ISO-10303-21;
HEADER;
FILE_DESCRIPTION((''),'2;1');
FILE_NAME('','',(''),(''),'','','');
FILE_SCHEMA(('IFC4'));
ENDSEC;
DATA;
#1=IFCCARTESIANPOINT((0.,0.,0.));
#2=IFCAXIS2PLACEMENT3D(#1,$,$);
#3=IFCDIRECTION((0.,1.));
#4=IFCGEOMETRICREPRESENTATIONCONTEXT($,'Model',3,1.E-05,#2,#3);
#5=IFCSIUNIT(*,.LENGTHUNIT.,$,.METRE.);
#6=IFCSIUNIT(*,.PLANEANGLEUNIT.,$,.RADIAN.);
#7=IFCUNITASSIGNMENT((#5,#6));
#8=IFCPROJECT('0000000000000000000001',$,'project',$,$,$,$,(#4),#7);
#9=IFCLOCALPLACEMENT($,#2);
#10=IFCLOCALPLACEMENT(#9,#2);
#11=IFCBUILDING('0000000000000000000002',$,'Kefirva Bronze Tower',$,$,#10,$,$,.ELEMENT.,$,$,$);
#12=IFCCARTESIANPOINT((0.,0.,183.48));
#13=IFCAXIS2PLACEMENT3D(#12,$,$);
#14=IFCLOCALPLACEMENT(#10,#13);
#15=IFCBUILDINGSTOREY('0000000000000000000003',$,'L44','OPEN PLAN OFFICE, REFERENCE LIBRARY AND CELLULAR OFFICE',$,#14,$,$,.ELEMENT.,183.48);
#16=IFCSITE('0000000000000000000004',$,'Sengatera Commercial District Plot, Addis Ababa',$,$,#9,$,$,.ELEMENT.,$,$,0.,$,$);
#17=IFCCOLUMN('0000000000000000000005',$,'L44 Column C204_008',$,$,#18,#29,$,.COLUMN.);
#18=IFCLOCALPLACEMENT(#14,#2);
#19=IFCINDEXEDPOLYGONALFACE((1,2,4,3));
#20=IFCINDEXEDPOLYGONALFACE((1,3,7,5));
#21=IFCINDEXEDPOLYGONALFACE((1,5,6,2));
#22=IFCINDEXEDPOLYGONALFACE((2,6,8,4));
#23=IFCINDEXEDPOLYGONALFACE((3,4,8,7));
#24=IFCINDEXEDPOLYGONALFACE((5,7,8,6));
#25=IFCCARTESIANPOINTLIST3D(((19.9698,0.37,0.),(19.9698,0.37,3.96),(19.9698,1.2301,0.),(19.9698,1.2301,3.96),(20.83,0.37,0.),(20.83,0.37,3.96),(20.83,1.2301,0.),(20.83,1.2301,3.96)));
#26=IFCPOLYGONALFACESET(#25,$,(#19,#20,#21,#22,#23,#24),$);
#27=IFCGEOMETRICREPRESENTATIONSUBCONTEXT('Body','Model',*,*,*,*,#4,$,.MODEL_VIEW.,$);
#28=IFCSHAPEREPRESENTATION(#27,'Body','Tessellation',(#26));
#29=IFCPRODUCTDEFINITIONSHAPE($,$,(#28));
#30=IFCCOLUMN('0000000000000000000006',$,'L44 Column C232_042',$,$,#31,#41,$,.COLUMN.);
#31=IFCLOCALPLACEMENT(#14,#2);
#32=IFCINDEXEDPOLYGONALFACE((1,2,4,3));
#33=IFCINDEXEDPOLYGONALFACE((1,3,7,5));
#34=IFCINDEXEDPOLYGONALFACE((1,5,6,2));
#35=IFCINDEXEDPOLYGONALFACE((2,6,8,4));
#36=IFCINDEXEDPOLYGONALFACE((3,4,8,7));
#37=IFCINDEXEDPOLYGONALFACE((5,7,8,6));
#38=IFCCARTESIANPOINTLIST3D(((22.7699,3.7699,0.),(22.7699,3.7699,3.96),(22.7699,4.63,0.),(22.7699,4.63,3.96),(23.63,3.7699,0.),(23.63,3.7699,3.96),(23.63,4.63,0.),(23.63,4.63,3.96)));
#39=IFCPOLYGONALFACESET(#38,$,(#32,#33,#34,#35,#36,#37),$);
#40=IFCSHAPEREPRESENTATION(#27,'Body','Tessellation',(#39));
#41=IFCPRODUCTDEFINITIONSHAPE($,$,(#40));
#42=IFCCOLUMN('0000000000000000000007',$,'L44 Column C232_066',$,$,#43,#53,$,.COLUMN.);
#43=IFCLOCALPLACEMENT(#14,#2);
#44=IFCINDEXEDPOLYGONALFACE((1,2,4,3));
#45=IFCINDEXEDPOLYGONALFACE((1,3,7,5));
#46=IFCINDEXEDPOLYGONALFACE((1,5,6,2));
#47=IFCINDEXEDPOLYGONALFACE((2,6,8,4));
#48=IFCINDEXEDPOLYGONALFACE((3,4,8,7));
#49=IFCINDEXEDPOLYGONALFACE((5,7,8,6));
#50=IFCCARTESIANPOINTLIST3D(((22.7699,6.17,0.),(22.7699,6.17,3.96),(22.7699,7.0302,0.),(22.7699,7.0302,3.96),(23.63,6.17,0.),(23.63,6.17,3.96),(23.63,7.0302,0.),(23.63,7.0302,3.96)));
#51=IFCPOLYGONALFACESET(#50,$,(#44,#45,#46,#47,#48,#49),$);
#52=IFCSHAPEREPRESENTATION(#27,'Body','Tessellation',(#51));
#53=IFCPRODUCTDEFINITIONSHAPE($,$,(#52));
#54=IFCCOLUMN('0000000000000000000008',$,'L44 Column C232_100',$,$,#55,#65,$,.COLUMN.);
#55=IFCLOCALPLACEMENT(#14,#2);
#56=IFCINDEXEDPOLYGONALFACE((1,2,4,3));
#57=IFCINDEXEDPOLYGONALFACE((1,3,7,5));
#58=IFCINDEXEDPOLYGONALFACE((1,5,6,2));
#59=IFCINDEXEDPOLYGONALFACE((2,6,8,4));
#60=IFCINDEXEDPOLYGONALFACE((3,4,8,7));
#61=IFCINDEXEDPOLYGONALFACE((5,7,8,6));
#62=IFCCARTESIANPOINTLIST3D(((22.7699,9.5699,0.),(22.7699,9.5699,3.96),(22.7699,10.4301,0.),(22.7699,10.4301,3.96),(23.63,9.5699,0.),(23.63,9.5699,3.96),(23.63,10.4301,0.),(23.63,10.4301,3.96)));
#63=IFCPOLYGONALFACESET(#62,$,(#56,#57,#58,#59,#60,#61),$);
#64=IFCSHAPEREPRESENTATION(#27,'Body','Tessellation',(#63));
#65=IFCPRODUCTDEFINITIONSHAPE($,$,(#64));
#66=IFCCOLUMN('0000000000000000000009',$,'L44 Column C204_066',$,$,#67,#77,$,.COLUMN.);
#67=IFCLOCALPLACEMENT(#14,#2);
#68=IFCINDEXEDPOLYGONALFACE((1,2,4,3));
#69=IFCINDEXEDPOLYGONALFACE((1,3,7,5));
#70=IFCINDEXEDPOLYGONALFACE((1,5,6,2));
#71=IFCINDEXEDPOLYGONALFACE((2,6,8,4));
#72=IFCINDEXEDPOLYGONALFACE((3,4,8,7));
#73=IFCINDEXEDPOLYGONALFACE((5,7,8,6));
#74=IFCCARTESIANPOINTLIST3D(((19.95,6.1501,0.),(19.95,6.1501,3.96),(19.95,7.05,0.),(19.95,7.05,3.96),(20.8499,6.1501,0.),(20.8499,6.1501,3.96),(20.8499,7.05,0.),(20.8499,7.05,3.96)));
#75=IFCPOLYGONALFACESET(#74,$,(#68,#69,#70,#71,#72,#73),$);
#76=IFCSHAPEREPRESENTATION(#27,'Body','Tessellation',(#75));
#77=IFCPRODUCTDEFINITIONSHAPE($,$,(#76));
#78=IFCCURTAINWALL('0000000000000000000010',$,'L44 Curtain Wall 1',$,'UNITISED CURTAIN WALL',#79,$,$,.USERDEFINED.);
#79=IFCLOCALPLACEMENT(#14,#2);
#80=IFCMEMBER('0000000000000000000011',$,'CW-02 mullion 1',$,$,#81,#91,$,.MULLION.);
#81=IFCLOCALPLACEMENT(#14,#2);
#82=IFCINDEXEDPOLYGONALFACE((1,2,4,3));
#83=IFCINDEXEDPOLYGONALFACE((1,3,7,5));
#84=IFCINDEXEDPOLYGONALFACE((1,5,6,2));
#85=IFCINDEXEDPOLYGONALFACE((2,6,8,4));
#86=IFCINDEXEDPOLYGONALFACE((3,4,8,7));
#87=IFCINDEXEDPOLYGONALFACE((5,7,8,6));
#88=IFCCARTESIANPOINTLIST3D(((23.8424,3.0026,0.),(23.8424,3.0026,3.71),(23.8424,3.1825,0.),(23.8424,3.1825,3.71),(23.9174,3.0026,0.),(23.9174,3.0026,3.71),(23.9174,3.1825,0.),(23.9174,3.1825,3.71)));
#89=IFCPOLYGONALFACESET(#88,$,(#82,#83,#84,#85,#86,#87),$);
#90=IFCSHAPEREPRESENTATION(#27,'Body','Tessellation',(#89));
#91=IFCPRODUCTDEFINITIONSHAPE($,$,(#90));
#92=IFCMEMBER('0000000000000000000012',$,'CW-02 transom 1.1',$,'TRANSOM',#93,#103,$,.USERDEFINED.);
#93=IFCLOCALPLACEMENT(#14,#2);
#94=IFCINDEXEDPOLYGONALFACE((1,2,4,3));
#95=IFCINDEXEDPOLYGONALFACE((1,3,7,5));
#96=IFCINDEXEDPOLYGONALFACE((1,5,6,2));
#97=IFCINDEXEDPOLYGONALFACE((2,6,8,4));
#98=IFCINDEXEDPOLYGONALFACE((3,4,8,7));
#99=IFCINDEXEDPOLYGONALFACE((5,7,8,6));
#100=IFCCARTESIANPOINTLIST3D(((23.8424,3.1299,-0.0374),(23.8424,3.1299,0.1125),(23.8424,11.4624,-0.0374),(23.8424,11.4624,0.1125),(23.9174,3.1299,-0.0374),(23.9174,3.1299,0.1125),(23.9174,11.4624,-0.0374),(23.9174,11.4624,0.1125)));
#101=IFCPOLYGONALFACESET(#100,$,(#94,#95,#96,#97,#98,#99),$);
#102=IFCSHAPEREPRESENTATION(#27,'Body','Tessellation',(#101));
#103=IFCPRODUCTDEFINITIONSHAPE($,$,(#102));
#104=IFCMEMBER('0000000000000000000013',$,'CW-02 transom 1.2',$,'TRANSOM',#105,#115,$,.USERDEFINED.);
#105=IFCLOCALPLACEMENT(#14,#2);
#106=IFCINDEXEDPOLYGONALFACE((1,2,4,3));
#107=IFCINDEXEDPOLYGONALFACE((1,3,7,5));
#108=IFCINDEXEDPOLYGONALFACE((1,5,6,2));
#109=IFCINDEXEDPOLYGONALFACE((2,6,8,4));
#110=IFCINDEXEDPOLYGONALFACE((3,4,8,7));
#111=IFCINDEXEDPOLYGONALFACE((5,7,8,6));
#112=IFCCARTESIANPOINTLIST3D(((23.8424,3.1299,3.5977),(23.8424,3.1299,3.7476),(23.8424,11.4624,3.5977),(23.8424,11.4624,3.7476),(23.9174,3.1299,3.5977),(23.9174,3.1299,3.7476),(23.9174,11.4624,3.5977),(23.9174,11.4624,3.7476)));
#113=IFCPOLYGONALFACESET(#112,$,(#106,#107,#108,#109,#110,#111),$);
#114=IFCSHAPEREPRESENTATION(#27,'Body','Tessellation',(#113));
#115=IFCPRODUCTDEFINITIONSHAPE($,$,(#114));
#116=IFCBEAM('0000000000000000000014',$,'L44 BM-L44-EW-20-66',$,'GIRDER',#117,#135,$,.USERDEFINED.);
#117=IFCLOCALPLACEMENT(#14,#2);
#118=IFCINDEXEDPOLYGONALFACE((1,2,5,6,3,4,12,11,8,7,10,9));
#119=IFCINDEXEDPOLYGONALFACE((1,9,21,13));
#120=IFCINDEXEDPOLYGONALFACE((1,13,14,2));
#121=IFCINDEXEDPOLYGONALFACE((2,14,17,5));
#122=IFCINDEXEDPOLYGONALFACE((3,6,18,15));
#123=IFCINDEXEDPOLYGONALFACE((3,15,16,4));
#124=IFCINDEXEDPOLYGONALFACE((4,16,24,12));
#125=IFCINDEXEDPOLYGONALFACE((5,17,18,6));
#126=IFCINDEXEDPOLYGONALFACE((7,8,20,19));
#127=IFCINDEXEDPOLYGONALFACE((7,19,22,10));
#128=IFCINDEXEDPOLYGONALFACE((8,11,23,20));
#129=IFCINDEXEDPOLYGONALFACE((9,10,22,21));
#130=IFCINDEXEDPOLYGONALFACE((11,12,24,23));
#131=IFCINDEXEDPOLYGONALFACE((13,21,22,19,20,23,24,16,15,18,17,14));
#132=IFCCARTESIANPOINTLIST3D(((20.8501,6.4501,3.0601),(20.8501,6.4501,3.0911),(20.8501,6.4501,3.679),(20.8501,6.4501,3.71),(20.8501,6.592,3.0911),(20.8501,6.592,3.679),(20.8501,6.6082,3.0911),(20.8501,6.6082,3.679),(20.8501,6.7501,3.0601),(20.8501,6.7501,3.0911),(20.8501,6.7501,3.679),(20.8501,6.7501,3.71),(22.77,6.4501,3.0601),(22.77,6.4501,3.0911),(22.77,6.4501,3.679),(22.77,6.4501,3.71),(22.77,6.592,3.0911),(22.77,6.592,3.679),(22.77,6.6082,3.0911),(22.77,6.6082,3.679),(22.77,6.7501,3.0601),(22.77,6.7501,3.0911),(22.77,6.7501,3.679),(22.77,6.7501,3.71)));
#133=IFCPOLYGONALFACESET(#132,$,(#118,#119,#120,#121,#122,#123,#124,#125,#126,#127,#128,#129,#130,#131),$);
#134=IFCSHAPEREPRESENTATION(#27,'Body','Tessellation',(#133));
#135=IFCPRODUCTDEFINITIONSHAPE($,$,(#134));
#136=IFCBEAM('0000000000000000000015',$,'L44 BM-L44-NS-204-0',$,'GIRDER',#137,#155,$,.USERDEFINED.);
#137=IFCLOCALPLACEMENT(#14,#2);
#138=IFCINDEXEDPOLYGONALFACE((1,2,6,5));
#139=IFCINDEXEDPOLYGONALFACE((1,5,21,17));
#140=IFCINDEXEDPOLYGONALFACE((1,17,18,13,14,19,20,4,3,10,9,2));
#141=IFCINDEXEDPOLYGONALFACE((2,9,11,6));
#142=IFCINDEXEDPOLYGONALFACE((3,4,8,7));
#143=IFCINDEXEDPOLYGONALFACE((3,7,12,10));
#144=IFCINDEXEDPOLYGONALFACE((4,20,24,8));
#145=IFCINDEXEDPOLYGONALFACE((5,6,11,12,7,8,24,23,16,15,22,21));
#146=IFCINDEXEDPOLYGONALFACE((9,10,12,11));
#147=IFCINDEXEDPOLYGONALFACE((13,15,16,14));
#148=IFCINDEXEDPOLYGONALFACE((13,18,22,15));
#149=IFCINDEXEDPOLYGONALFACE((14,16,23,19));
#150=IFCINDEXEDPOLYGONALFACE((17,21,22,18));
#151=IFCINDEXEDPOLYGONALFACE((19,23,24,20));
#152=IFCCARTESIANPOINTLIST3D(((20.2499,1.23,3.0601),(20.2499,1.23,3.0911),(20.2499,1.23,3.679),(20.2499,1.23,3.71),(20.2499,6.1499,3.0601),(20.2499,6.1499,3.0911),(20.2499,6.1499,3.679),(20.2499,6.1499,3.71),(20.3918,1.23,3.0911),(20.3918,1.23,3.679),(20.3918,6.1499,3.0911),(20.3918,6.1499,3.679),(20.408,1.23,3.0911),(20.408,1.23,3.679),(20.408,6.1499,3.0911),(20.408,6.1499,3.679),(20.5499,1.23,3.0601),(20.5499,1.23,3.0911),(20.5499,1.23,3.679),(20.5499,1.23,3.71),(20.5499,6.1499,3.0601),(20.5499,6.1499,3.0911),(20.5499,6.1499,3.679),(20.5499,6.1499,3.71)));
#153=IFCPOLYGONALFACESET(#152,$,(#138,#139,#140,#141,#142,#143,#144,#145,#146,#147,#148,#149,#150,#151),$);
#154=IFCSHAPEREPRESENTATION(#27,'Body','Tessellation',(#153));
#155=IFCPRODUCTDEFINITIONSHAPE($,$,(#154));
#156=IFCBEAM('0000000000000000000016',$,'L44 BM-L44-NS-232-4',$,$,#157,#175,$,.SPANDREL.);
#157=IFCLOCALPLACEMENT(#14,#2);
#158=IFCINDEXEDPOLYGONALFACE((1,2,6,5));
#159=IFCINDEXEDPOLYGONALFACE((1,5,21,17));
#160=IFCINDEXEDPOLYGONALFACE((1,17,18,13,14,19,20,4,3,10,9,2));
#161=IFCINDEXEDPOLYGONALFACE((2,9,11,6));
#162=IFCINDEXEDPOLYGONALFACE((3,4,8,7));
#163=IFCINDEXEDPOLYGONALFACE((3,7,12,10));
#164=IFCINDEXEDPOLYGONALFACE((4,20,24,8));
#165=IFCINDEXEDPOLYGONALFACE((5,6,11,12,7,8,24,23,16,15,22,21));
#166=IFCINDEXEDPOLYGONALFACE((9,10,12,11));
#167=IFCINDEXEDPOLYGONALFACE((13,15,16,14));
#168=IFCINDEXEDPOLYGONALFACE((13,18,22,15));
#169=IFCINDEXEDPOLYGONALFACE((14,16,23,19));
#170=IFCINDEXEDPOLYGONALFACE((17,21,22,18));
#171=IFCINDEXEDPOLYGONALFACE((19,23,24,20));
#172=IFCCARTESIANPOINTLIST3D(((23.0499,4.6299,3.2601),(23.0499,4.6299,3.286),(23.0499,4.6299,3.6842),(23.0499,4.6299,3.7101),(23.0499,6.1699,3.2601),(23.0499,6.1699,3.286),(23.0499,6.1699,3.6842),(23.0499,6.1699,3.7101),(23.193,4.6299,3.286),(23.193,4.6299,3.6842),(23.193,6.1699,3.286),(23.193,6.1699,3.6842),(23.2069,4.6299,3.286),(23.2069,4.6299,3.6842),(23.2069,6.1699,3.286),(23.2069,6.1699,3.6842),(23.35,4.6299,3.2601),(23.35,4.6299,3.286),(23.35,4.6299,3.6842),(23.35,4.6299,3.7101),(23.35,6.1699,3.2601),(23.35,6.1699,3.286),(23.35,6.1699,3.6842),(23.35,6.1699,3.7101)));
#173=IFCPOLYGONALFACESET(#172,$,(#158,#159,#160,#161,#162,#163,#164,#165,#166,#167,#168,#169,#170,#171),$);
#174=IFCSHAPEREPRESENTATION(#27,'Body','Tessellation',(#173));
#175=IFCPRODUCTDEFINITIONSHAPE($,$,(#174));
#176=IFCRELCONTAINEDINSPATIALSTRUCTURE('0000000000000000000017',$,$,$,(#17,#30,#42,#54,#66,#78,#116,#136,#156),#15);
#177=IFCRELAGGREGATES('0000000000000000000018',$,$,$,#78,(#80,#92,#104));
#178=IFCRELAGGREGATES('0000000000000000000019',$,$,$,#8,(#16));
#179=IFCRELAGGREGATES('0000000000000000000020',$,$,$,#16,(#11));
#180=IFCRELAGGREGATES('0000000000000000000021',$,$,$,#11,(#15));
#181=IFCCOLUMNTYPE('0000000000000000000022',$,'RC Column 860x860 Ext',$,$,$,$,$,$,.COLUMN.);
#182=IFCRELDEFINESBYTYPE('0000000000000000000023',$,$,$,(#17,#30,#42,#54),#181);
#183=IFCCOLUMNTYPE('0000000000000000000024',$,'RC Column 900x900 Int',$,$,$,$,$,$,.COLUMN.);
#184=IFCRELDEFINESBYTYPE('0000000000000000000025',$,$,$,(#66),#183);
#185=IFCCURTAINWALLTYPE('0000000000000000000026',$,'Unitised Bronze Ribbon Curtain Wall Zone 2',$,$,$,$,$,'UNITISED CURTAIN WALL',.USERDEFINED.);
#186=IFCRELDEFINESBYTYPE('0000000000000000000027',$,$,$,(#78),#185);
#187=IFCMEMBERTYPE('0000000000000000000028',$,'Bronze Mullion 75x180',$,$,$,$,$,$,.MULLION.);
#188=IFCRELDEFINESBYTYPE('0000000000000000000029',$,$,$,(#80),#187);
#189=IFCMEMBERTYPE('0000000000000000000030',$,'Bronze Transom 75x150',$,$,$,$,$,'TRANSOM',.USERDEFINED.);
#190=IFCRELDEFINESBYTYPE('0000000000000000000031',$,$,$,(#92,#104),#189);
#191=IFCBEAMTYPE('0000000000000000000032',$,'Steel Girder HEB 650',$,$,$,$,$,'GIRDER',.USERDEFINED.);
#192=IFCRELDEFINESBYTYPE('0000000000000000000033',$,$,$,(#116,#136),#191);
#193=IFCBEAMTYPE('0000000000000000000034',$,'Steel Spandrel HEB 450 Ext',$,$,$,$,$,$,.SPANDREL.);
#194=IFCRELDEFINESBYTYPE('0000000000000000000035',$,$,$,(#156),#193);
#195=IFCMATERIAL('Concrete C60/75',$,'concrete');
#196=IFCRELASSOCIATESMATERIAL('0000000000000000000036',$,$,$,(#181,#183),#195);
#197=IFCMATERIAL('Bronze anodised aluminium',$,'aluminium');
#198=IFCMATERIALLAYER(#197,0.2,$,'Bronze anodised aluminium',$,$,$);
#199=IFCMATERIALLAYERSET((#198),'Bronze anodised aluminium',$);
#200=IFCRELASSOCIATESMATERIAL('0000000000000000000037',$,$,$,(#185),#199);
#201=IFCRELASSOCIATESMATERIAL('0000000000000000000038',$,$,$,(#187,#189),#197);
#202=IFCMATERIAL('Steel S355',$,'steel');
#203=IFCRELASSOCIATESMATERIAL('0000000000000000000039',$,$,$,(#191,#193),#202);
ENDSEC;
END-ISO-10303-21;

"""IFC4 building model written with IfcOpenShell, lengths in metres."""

from ifc_helpers import new_model, si_unit, direction, frame, origin, origin_2d, place, context, subcontext, project, spatial, rectangle, i_section, extrude, material, layer, layer_set, material_profile, profile_set, type_object, element, aggregate, save


model = new_model("IFC4")

# Units and contexts
model_context = context("Model", 3, precision=1e-05, world=origin(), true_north=direction((0.0, 1.0)))
body_context = subcontext(model_context, "Body", "Model", "MODEL_VIEW")
ifc_project = project(units=[si_unit("LENGTHUNIT", "METRE"), si_unit("PLANEANGLEUNIT", "RADIAN")], contexts=[model_context])

# Site, building, storey
site_placement = place(None, origin())
site = spatial("IfcSite", under=ifc_project, at=site_placement, Name="Sengatera Commercial District Plot, Addis Ababa", CompositionType="ELEMENT", RefElevation=0.0)
building_placement = place(site_placement, origin())
building = spatial("IfcBuilding", under=site, at=building_placement, Name="Kefirva Bronze Tower", CompositionType="ELEMENT")
storey_placement = place(building_placement, frame((0.0, 0.0, 183.48)))
storey = spatial("IfcBuildingStorey", under=building, at=storey_placement, Name="L44", Description="OPEN PLAN OFFICE, REFERENCE LIBRARY AND CELLULAR OFFICE", CompositionType="ELEMENT", Elevation=183.48)

# Columns
ifc_material_1 = material(Name="Concrete C60/75", Category="concrete")
ifc_material_profile_1 = material_profile(ifc_material_1, rectangle(XDim=0.8601, YDim=0.8601, at=origin_2d()), Name="RC 860x860")
ifc_profile_set_1 = profile_set([ifc_material_profile_1], Name="Concrete C60/75")
column_type_1 = type_object("IfcColumnType", Name="RC Column 860x860 Ext", PredefinedType="COLUMN", material=ifc_profile_set_1)
for number, where, z_axis, x_axis, name in (
    (1, (20.3999, 0.8, 0.0), (0.0, 0.0, 1.0), (1.0, 0.0, 0.0), "L44 Column C204_008"),
    (2, (23.2, 4.2, 0.0), (0.0, 0.0, 1.0), (1.0, 0.0, 0.0), "L44 Column C232_042"),
    (3, (23.2, 6.6001, 0.0), (0.0, 0.0, 1.0), (1.0, 0.0, 0.0), "L44 Column C232_066"),
    (4, (23.2, 10.0, 0.0), (0.0, 0.0, 1.0), (1.0, 0.0, 0.0), "L44 Column C232_100"),
):
    element("IfcColumn", number, at=place(storey_placement, frame(where, z_axis=z_axis, x_axis=x_axis)), inside=storey, type_object=column_type_1, Name=name, PredefinedType="COLUMN", context=body_context, shape_type="SweptSolid", body=[
        extrude(rectangle(XDim=0.8601, YDim=0.8601, at=origin_2d()), origin(), (0.0, 0.0, 1.0), 3.96),
    ])
ifc_material_profile_2 = material_profile(ifc_material_1, rectangle(XDim=0.8999, YDim=0.8999, at=origin_2d()), Name="RC 900x900")
ifc_profile_set_2 = profile_set([ifc_material_profile_2], Name="Concrete C60/75")
column_type_2 = type_object("IfcColumnType", Name="RC Column 900x900 Int", PredefinedType="COLUMN", material=ifc_profile_set_2)
column_placement = place(storey_placement, frame((20.3999, 6.6001, 0.0), z_axis=(0.0, 0.0, 1.0), x_axis=(1.0, 0.0, 0.0)))
element("IfcColumn", 5, at=column_placement, inside=storey, type_object=column_type_2, Name="L44 Column C204_066", PredefinedType="COLUMN", context=body_context, shape_type="SweptSolid", body=[
    extrude(rectangle(XDim=0.8999, YDim=0.8999, at=origin_2d()), origin(), (0.0, 0.0, 1.0), 3.96),
])

# Curtain wall, members
ifc_material_2 = material(Name="Bronze anodised aluminium", Category="aluminium")
ifc_layer_1 = layer(ifc_material_2, 0.2, Name="Bronze anodised aluminium")
ifc_layer_set_1 = layer_set([ifc_layer_1], Name="Bronze anodised aluminium")
curtain_wall_type = type_object("IfcCurtainWallType", Name="Unitised Bronze Ribbon Curtain Wall Zone 2", ElementType="UNITISED CURTAIN WALL", PredefinedType="USERDEFINED", material=ifc_layer_set_1)
curtain_wall_placement = place(storey_placement, origin())
curtain_wall = element("IfcCurtainWall", 6, at=curtain_wall_placement, inside=storey, type_object=curtain_wall_type, Name="L44 Curtain Wall 1", ObjectType="UNITISED CURTAIN WALL", PredefinedType="USERDEFINED")
ifc_material_profile_3 = material_profile(ifc_material_2, rectangle(XDim=0.075, YDim=0.1799, at=origin_2d()), Name="ALU 75x180")
ifc_profile_set_3 = profile_set([ifc_material_profile_3], Name="Bronze anodised aluminium")
member_type_1 = type_object("IfcMemberType", Name="Bronze Mullion 75x180", PredefinedType="MULLION", material=ifc_profile_set_3)
member_1_placement = place(storey_placement, frame((23.8799, 3.0925, 0.0), z_axis=(0.0, 0.0, 1.0), x_axis=(-1.0, 0.0, 0.0)))
member_1 = element("IfcMember", 7, at=member_1_placement, type_object=member_type_1, Name="CW-02 mullion 1", PredefinedType="MULLION", context=body_context, shape_type="SweptSolid", body=[
    extrude(rectangle(XDim=0.075, YDim=0.1799, at=origin_2d()), origin(), (0.0, 0.0, 1.0), 3.71),
])
ifc_material_profile_4 = material_profile(ifc_material_2, rectangle(XDim=0.075, YDim=0.1499, at=origin_2d()), Name="ALU 75x150")
ifc_profile_set_4 = profile_set([ifc_material_profile_4], Name="Bronze anodised aluminium")
member_type_2 = type_object("IfcMemberType", Name="Bronze Transom 75x150", ElementType="TRANSOM", PredefinedType="USERDEFINED", material=ifc_profile_set_4)
member_2_placement = place(storey_placement, frame((23.8799, 3.1299, 0.0376), z_axis=(0.0, 1.0, 0.0), x_axis=(-1.0, 0.0, 0.0)))
member_2 = element("IfcMember", 8, at=member_2_placement, type_object=member_type_2, Name="CW-02 transom 1.1", ObjectType="TRANSOM", PredefinedType="USERDEFINED", context=body_context, shape_type="SweptSolid", body=[
    extrude(rectangle(XDim=0.075, YDim=0.1499, at=origin_2d()), origin(), (0.0, 0.0, 1.0), 8.3325),
])
member_3_placement = place(storey_placement, frame((23.8799, 3.1299, 3.6726), z_axis=(0.0, 1.0, 0.0), x_axis=(-1.0, 0.0, 0.0)))
member_3 = element("IfcMember", 9, at=member_3_placement, type_object=member_type_2, Name="CW-02 transom 1.2", ObjectType="TRANSOM", PredefinedType="USERDEFINED", context=body_context, shape_type="SweptSolid", body=[
    extrude(rectangle(XDim=0.075, YDim=0.1499, at=origin_2d()), origin(), (0.0, 0.0, 1.0), 8.3325),
])

# Beams
ifc_material_3 = material(Name="Steel S355", Category="steel")
ifc_material_profile_5 = material_profile(ifc_material_3, i_section(OverallWidth=0.3, OverallDepth=0.6499, WebThickness=0.0161, FlangeThickness=0.031, at=origin_2d()), Name="HEB 650")
ifc_profile_set_5 = profile_set([ifc_material_profile_5], Name="Steel S355")
beam_type_1 = type_object("IfcBeamType", Name="Steel Girder HEB 650", ElementType="GIRDER", PredefinedType="USERDEFINED", material=ifc_profile_set_5)
beam_1_placement = place(storey_placement, frame((20.8501, 6.6001, 3.385), z_axis=(1.0, 0.0, 0.0), x_axis=(0.0, 1.0, 0.0)))
element("IfcBeam", 10, at=beam_1_placement, inside=storey, type_object=beam_type_1, Name="L44 BM-L44-EW-20-66", ObjectType="GIRDER", PredefinedType="USERDEFINED", context=body_context, shape_type="SweptSolid", body=[
    extrude(i_section(OverallWidth=0.3, OverallDepth=0.6499, WebThickness=0.0161, FlangeThickness=0.031, at=origin_2d()), origin(), (0.0, 0.0, 1.0), 1.9199),
])
beam_2_placement = place(storey_placement, frame((20.3999, 1.23, 3.385), z_axis=(0.0, 1.0, 0.0), x_axis=(-1.0, 0.0, 0.0)))
element("IfcBeam", 11, at=beam_2_placement, inside=storey, type_object=beam_type_1, Name="L44 BM-L44-NS-204-0", ObjectType="GIRDER", PredefinedType="USERDEFINED", context=body_context, shape_type="SweptSolid", body=[
    extrude(i_section(OverallWidth=0.3, OverallDepth=0.6499, WebThickness=0.0161, FlangeThickness=0.031, at=origin_2d()), origin(), (0.0, 0.0, 1.0), 4.9199),
])
ifc_material_profile_6 = material_profile(ifc_material_3, i_section(OverallWidth=0.3, OverallDepth=0.45, WebThickness=0.0139, FlangeThickness=0.0259, at=origin_2d()), Name="HEB 450")
ifc_profile_set_6 = profile_set([ifc_material_profile_6], Name="Steel S355")
beam_type_2 = type_object("IfcBeamType", Name="Steel Spandrel HEB 450 Ext", PredefinedType="SPANDREL", material=ifc_profile_set_6)
beam_3_placement = place(storey_placement, frame((23.2, 4.6299, 3.4851), z_axis=(0.0, 1.0, 0.0), x_axis=(-1.0, 0.0, 0.0)))
element("IfcBeam", 12, at=beam_3_placement, inside=storey, type_object=beam_type_2, Name="L44 BM-L44-NS-232-4", PredefinedType="SPANDREL", context=body_context, shape_type="SweptSolid", body=[
    extrude(i_section(OverallWidth=0.3, OverallDepth=0.45, WebThickness=0.0139, FlangeThickness=0.0259, at=origin_2d()), origin(), (0.0, 0.0, 1.0), 1.54),
])

aggregate(curtain_wall, [member_1, member_2, member_3])

save(model, "model.ifc")
